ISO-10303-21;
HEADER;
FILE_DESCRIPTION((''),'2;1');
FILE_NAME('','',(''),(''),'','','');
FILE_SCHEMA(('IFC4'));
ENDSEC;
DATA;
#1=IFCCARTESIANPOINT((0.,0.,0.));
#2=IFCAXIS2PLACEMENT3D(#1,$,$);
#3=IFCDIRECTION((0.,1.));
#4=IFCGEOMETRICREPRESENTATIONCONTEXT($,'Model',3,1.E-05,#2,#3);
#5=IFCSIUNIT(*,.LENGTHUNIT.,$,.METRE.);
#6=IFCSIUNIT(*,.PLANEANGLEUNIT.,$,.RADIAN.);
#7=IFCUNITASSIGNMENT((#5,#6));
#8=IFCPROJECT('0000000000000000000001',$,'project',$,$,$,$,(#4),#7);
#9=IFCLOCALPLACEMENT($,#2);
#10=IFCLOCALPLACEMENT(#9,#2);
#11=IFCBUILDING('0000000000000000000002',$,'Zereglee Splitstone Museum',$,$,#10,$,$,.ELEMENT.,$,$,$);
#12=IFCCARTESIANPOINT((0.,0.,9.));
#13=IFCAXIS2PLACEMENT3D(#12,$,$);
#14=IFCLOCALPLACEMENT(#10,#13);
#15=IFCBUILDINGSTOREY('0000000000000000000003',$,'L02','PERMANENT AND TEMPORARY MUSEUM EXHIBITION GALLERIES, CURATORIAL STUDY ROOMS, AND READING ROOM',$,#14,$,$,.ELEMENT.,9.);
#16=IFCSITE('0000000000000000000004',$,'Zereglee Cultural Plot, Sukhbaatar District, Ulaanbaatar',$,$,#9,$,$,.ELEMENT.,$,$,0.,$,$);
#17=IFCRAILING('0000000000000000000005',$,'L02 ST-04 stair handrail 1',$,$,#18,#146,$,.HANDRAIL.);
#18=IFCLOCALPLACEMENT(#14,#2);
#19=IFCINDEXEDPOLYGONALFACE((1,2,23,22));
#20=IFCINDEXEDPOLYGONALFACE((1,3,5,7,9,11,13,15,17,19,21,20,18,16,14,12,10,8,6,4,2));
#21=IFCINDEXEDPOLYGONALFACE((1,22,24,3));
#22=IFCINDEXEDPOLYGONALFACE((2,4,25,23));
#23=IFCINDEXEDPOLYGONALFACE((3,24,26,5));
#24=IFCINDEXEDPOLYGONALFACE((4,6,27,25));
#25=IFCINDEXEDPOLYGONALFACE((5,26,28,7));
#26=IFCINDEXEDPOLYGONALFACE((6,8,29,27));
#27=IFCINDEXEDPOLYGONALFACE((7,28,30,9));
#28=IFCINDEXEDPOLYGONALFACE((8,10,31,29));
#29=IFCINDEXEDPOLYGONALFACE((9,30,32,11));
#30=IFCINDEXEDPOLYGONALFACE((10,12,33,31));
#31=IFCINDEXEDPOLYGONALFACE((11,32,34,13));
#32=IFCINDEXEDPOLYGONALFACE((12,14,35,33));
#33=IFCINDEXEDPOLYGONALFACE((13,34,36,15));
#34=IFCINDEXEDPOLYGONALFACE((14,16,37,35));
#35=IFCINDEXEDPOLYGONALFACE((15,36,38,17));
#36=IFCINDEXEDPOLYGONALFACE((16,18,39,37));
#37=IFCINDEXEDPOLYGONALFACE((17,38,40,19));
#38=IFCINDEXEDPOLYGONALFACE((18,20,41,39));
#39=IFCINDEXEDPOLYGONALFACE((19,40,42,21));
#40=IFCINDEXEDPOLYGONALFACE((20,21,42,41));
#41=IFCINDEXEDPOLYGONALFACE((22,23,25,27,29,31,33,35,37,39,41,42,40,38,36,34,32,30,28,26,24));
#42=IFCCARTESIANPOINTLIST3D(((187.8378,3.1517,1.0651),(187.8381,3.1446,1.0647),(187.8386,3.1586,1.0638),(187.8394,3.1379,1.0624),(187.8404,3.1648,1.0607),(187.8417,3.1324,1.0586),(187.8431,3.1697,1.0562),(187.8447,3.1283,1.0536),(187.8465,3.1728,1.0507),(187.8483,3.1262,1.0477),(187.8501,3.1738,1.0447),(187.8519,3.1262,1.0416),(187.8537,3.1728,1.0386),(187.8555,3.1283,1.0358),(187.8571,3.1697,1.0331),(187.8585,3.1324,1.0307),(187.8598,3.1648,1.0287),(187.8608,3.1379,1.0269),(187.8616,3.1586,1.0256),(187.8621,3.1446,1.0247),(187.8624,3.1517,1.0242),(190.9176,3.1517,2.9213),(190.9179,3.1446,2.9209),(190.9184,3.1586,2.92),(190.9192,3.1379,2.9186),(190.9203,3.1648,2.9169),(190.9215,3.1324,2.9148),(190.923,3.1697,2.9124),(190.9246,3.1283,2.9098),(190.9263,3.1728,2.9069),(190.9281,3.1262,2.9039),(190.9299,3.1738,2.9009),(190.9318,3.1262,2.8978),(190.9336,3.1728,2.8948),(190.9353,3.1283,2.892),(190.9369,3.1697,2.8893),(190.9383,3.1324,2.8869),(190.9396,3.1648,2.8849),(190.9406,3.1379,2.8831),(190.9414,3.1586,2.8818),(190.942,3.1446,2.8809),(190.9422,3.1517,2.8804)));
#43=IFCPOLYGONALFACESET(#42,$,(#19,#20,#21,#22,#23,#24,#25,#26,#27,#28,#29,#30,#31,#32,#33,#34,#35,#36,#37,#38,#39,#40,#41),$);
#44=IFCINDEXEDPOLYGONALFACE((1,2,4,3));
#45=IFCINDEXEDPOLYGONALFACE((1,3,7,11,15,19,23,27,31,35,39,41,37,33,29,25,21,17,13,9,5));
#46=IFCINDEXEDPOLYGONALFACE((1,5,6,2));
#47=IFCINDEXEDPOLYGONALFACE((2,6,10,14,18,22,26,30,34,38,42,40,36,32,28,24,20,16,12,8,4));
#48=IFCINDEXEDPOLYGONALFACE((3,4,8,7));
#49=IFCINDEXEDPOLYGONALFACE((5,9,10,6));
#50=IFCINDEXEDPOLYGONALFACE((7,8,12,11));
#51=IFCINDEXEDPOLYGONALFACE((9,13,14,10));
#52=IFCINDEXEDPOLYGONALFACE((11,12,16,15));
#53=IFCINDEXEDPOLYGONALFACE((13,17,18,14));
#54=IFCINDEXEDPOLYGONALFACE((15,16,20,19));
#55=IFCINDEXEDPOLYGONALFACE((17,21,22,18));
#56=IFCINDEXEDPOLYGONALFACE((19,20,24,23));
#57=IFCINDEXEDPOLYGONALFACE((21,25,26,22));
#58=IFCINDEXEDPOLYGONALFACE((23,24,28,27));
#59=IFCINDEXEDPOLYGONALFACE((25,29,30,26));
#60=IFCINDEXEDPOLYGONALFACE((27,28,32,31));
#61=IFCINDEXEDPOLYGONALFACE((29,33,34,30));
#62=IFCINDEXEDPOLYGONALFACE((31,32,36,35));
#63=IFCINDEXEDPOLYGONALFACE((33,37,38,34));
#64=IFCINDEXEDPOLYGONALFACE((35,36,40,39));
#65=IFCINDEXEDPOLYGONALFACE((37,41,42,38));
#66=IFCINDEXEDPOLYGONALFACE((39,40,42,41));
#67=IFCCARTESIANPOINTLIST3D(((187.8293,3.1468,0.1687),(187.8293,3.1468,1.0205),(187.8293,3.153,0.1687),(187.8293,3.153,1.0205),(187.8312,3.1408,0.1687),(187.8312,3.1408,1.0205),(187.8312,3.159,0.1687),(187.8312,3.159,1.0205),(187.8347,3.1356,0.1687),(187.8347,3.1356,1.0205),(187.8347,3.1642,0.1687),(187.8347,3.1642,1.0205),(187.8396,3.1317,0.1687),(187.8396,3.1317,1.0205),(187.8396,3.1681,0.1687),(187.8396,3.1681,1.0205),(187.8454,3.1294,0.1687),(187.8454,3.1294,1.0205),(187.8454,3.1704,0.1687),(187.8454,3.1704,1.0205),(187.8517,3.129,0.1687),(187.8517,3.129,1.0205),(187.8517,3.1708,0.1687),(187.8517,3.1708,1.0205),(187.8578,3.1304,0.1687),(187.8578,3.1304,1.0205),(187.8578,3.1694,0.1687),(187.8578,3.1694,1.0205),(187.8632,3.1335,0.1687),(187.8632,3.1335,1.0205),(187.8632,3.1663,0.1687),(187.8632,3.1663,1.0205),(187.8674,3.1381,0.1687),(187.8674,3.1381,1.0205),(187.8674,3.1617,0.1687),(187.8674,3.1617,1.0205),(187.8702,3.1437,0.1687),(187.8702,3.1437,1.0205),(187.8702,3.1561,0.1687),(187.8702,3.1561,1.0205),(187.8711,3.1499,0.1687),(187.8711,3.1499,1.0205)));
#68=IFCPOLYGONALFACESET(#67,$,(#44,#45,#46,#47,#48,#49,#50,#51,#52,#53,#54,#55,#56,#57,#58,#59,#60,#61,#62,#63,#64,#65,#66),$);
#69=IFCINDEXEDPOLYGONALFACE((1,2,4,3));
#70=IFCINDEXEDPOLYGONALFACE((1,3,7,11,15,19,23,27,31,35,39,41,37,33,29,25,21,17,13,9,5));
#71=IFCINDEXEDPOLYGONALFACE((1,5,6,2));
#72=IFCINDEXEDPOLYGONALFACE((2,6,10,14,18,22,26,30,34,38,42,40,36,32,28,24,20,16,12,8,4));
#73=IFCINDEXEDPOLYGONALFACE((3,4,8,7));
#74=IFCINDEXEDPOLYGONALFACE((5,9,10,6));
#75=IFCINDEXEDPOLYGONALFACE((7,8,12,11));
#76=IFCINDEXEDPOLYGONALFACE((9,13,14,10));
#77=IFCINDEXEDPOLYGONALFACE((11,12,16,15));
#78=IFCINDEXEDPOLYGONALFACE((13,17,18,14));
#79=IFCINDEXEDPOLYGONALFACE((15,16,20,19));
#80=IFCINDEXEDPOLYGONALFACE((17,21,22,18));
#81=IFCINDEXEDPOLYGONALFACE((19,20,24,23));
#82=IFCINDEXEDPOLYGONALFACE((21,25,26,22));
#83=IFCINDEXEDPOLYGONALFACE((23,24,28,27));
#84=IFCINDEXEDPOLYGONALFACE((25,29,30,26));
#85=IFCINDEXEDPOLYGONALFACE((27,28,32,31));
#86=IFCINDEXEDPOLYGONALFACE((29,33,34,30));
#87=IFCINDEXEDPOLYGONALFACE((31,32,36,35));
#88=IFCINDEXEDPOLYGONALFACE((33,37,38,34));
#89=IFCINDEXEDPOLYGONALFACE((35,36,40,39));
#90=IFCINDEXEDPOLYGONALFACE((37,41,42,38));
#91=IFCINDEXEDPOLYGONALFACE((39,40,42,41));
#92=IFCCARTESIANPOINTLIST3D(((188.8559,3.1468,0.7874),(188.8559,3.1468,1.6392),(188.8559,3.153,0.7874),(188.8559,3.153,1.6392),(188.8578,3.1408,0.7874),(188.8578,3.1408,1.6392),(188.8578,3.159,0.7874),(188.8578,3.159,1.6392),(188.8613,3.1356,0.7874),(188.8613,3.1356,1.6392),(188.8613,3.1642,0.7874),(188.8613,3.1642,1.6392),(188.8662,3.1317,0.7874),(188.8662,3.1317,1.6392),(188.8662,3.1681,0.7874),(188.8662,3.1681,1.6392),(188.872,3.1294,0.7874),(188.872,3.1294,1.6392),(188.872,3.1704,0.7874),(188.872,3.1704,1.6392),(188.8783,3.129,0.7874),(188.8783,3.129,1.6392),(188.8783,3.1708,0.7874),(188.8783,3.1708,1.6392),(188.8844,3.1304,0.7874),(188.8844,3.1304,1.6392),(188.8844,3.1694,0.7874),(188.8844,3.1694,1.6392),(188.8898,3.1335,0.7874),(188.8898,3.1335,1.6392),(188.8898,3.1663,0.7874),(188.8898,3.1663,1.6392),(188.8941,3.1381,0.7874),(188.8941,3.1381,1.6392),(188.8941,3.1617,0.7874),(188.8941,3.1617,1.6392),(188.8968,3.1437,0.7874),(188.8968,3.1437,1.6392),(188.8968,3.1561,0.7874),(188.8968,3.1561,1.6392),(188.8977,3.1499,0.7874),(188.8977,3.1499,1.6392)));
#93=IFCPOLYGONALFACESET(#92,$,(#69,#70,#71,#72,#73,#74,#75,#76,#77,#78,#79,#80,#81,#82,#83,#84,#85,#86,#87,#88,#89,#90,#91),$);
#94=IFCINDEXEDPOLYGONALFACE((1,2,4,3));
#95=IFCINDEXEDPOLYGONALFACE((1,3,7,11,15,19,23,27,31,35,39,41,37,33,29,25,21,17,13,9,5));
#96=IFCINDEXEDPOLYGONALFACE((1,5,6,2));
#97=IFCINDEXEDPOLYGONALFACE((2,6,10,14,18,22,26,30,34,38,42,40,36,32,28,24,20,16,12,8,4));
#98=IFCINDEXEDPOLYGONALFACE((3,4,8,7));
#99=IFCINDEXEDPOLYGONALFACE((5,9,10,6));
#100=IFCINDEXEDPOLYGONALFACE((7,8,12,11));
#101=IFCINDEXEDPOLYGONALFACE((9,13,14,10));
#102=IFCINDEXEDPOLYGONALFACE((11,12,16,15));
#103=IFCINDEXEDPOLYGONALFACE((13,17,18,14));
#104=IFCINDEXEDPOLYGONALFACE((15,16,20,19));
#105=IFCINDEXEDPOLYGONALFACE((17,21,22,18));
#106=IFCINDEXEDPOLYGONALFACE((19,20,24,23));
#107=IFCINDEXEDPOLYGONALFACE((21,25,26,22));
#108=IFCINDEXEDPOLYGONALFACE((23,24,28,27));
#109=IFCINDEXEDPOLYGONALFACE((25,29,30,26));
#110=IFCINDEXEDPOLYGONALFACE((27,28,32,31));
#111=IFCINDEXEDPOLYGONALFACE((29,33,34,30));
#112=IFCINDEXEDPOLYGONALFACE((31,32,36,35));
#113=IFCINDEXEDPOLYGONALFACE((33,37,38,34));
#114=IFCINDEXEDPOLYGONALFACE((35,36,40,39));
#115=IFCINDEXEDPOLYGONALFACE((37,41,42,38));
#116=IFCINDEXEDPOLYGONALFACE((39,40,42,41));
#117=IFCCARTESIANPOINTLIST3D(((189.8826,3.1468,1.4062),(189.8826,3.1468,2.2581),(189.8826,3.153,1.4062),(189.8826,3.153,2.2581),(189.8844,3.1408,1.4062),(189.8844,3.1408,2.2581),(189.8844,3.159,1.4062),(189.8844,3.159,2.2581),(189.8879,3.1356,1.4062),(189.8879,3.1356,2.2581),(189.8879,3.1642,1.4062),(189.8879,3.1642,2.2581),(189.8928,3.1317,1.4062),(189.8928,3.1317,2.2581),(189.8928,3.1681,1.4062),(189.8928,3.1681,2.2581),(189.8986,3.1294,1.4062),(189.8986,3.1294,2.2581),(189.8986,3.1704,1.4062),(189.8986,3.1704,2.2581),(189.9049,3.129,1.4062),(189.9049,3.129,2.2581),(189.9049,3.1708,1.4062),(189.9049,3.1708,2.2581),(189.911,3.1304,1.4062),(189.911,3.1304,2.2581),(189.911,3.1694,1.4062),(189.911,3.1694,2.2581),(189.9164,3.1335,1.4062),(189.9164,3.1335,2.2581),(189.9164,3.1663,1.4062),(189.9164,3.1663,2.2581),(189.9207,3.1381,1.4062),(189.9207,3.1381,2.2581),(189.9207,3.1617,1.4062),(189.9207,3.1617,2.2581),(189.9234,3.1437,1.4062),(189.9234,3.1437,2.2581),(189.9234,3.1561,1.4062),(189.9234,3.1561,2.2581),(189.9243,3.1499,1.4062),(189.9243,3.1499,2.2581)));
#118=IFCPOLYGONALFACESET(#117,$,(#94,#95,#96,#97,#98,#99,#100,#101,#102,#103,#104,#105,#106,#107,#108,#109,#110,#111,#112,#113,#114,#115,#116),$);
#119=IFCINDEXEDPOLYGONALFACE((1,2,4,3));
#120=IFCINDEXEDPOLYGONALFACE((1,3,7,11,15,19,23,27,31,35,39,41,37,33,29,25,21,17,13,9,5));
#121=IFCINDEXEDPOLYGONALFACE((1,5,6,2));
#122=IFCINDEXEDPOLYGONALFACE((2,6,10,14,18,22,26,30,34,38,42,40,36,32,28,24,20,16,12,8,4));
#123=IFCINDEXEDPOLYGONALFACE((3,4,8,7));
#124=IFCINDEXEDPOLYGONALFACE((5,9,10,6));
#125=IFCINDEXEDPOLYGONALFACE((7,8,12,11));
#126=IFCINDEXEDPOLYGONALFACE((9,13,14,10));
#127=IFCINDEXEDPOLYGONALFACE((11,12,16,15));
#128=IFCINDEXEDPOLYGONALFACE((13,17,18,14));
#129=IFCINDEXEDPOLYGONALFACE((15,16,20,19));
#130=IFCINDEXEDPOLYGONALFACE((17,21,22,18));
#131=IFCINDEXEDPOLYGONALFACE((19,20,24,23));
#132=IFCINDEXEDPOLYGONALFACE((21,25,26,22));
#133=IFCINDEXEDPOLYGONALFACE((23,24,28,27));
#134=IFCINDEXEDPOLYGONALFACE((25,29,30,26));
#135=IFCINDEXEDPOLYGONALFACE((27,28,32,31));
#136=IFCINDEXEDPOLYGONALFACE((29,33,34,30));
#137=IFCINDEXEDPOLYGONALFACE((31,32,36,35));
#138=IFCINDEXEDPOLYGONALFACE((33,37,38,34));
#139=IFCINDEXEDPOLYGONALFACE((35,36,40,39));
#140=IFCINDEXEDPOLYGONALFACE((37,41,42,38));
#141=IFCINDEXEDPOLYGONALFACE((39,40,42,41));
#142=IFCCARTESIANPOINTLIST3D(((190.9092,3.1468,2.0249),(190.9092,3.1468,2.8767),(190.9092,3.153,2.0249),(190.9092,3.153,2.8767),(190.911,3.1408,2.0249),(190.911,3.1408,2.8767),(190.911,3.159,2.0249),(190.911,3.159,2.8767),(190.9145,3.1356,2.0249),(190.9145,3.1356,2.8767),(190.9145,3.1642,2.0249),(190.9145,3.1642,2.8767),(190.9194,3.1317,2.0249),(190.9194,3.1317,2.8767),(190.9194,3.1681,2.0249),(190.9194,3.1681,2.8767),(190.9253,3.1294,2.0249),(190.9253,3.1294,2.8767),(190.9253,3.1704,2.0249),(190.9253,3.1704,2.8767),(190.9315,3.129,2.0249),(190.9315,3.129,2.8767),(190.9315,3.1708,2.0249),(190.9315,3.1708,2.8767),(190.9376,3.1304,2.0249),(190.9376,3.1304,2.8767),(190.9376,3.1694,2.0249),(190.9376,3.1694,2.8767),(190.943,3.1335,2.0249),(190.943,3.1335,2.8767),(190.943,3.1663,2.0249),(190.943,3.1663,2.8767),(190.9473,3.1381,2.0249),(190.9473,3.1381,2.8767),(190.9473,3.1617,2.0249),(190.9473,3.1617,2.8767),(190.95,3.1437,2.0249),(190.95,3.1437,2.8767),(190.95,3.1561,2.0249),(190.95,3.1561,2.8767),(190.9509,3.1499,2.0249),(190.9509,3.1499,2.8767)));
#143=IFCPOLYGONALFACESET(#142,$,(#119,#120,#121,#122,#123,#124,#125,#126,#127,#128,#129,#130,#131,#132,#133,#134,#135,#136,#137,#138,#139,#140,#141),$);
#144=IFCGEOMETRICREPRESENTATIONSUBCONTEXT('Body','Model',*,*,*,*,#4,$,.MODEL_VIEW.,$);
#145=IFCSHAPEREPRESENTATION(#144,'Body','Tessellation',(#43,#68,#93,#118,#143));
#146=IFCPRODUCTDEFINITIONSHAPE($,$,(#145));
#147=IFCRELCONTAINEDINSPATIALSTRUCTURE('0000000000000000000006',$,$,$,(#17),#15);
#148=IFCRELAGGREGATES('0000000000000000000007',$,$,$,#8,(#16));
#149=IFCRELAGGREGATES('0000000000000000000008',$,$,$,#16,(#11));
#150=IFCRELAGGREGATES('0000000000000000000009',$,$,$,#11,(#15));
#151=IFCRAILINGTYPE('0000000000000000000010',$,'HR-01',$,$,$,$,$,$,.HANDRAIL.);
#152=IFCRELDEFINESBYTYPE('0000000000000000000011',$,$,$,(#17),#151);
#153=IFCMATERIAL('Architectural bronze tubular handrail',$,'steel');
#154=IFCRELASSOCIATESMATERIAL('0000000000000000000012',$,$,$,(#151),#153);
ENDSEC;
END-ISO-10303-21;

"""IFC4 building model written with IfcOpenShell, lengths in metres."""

from ifc_helpers import new_model, si_unit, direction, frame, origin, origin_2d, place, context, subcontext, project, spatial, circle, extrude, material, type_object, element, save


model = new_model("IFC4")

# Units and contexts
model_context = context("Model", 3, precision=1e-05, world=origin(), true_north=direction((0.0, 1.0)))
body_context = subcontext(model_context, "Body", "Model", "MODEL_VIEW")
ifc_project = project(units=[si_unit("LENGTHUNIT", "METRE"), si_unit("PLANEANGLEUNIT", "RADIAN")], contexts=[model_context])

# Site, building, storey
site_placement = place(None, origin())
site = spatial("IfcSite", under=ifc_project, at=site_placement, Name="Zereglee Cultural Plot, Sukhbaatar District, Ulaanbaatar", CompositionType="ELEMENT", RefElevation=0.0)
building_placement = place(site_placement, origin())
building = spatial("IfcBuilding", under=site, at=building_placement, Name="Zereglee Splitstone Museum", CompositionType="ELEMENT")
storey_placement = place(building_placement, frame((0.0, 0.0, 9.0)))
storey = spatial("IfcBuildingStorey", under=building, at=storey_placement, Name="L02", Description="PERMANENT AND TEMPORARY MUSEUM EXHIBITION GALLERIES, CURATORIAL STUDY ROOMS, AND READING ROOM", CompositionType="ELEMENT", Elevation=9.0)

# Railing
ifc_material_1 = material(Name="Architectural bronze tubular handrail", Category="steel")
railing_type_1 = type_object("IfcRailingType", Name="HR-01", PredefinedType="HANDRAIL", material=ifc_material_1)
railing_1_placement = place(storey_placement, frame((187.8501, 3.1499, 0.1687)))
element("IfcRailing", 1, at=railing_1_placement, inside=storey, type_object=railing_type_1, Name="L02 ST-04 stair handrail 1", PredefinedType="HANDRAIL", context=body_context, shape_type="SweptSolid", body=[
    extrude(circle(Radius=0.0239, at=origin_2d()), frame((0.0, 0.0, 0.876), z_axis=(0.856473, 0.0, 0.516192), x_axis=(0.0, 1.0, 0.0)), (0.0, 0.0, 1.0), 3.5959),
    extrude(circle(Radius=0.021, at=origin_2d()), origin(), (0.0, 0.0, 1.0), 0.8518),
    extrude(circle(Radius=0.021, at=origin_2d()), frame((1.0266, 0.0, 0.6187)), (0.0, 0.0, 1.0), 0.8518),
    extrude(circle(Radius=0.021, at=origin_2d()), frame((2.0532, 0.0, 1.2375)), (0.0, 0.0, 1.0), 0.8518),
    extrude(circle(Radius=0.021, at=origin_2d()), frame((3.0798, 0.0, 1.8562)), (0.0, 0.0, 1.0), 0.8518),
])

save(model, "model.ifc")
